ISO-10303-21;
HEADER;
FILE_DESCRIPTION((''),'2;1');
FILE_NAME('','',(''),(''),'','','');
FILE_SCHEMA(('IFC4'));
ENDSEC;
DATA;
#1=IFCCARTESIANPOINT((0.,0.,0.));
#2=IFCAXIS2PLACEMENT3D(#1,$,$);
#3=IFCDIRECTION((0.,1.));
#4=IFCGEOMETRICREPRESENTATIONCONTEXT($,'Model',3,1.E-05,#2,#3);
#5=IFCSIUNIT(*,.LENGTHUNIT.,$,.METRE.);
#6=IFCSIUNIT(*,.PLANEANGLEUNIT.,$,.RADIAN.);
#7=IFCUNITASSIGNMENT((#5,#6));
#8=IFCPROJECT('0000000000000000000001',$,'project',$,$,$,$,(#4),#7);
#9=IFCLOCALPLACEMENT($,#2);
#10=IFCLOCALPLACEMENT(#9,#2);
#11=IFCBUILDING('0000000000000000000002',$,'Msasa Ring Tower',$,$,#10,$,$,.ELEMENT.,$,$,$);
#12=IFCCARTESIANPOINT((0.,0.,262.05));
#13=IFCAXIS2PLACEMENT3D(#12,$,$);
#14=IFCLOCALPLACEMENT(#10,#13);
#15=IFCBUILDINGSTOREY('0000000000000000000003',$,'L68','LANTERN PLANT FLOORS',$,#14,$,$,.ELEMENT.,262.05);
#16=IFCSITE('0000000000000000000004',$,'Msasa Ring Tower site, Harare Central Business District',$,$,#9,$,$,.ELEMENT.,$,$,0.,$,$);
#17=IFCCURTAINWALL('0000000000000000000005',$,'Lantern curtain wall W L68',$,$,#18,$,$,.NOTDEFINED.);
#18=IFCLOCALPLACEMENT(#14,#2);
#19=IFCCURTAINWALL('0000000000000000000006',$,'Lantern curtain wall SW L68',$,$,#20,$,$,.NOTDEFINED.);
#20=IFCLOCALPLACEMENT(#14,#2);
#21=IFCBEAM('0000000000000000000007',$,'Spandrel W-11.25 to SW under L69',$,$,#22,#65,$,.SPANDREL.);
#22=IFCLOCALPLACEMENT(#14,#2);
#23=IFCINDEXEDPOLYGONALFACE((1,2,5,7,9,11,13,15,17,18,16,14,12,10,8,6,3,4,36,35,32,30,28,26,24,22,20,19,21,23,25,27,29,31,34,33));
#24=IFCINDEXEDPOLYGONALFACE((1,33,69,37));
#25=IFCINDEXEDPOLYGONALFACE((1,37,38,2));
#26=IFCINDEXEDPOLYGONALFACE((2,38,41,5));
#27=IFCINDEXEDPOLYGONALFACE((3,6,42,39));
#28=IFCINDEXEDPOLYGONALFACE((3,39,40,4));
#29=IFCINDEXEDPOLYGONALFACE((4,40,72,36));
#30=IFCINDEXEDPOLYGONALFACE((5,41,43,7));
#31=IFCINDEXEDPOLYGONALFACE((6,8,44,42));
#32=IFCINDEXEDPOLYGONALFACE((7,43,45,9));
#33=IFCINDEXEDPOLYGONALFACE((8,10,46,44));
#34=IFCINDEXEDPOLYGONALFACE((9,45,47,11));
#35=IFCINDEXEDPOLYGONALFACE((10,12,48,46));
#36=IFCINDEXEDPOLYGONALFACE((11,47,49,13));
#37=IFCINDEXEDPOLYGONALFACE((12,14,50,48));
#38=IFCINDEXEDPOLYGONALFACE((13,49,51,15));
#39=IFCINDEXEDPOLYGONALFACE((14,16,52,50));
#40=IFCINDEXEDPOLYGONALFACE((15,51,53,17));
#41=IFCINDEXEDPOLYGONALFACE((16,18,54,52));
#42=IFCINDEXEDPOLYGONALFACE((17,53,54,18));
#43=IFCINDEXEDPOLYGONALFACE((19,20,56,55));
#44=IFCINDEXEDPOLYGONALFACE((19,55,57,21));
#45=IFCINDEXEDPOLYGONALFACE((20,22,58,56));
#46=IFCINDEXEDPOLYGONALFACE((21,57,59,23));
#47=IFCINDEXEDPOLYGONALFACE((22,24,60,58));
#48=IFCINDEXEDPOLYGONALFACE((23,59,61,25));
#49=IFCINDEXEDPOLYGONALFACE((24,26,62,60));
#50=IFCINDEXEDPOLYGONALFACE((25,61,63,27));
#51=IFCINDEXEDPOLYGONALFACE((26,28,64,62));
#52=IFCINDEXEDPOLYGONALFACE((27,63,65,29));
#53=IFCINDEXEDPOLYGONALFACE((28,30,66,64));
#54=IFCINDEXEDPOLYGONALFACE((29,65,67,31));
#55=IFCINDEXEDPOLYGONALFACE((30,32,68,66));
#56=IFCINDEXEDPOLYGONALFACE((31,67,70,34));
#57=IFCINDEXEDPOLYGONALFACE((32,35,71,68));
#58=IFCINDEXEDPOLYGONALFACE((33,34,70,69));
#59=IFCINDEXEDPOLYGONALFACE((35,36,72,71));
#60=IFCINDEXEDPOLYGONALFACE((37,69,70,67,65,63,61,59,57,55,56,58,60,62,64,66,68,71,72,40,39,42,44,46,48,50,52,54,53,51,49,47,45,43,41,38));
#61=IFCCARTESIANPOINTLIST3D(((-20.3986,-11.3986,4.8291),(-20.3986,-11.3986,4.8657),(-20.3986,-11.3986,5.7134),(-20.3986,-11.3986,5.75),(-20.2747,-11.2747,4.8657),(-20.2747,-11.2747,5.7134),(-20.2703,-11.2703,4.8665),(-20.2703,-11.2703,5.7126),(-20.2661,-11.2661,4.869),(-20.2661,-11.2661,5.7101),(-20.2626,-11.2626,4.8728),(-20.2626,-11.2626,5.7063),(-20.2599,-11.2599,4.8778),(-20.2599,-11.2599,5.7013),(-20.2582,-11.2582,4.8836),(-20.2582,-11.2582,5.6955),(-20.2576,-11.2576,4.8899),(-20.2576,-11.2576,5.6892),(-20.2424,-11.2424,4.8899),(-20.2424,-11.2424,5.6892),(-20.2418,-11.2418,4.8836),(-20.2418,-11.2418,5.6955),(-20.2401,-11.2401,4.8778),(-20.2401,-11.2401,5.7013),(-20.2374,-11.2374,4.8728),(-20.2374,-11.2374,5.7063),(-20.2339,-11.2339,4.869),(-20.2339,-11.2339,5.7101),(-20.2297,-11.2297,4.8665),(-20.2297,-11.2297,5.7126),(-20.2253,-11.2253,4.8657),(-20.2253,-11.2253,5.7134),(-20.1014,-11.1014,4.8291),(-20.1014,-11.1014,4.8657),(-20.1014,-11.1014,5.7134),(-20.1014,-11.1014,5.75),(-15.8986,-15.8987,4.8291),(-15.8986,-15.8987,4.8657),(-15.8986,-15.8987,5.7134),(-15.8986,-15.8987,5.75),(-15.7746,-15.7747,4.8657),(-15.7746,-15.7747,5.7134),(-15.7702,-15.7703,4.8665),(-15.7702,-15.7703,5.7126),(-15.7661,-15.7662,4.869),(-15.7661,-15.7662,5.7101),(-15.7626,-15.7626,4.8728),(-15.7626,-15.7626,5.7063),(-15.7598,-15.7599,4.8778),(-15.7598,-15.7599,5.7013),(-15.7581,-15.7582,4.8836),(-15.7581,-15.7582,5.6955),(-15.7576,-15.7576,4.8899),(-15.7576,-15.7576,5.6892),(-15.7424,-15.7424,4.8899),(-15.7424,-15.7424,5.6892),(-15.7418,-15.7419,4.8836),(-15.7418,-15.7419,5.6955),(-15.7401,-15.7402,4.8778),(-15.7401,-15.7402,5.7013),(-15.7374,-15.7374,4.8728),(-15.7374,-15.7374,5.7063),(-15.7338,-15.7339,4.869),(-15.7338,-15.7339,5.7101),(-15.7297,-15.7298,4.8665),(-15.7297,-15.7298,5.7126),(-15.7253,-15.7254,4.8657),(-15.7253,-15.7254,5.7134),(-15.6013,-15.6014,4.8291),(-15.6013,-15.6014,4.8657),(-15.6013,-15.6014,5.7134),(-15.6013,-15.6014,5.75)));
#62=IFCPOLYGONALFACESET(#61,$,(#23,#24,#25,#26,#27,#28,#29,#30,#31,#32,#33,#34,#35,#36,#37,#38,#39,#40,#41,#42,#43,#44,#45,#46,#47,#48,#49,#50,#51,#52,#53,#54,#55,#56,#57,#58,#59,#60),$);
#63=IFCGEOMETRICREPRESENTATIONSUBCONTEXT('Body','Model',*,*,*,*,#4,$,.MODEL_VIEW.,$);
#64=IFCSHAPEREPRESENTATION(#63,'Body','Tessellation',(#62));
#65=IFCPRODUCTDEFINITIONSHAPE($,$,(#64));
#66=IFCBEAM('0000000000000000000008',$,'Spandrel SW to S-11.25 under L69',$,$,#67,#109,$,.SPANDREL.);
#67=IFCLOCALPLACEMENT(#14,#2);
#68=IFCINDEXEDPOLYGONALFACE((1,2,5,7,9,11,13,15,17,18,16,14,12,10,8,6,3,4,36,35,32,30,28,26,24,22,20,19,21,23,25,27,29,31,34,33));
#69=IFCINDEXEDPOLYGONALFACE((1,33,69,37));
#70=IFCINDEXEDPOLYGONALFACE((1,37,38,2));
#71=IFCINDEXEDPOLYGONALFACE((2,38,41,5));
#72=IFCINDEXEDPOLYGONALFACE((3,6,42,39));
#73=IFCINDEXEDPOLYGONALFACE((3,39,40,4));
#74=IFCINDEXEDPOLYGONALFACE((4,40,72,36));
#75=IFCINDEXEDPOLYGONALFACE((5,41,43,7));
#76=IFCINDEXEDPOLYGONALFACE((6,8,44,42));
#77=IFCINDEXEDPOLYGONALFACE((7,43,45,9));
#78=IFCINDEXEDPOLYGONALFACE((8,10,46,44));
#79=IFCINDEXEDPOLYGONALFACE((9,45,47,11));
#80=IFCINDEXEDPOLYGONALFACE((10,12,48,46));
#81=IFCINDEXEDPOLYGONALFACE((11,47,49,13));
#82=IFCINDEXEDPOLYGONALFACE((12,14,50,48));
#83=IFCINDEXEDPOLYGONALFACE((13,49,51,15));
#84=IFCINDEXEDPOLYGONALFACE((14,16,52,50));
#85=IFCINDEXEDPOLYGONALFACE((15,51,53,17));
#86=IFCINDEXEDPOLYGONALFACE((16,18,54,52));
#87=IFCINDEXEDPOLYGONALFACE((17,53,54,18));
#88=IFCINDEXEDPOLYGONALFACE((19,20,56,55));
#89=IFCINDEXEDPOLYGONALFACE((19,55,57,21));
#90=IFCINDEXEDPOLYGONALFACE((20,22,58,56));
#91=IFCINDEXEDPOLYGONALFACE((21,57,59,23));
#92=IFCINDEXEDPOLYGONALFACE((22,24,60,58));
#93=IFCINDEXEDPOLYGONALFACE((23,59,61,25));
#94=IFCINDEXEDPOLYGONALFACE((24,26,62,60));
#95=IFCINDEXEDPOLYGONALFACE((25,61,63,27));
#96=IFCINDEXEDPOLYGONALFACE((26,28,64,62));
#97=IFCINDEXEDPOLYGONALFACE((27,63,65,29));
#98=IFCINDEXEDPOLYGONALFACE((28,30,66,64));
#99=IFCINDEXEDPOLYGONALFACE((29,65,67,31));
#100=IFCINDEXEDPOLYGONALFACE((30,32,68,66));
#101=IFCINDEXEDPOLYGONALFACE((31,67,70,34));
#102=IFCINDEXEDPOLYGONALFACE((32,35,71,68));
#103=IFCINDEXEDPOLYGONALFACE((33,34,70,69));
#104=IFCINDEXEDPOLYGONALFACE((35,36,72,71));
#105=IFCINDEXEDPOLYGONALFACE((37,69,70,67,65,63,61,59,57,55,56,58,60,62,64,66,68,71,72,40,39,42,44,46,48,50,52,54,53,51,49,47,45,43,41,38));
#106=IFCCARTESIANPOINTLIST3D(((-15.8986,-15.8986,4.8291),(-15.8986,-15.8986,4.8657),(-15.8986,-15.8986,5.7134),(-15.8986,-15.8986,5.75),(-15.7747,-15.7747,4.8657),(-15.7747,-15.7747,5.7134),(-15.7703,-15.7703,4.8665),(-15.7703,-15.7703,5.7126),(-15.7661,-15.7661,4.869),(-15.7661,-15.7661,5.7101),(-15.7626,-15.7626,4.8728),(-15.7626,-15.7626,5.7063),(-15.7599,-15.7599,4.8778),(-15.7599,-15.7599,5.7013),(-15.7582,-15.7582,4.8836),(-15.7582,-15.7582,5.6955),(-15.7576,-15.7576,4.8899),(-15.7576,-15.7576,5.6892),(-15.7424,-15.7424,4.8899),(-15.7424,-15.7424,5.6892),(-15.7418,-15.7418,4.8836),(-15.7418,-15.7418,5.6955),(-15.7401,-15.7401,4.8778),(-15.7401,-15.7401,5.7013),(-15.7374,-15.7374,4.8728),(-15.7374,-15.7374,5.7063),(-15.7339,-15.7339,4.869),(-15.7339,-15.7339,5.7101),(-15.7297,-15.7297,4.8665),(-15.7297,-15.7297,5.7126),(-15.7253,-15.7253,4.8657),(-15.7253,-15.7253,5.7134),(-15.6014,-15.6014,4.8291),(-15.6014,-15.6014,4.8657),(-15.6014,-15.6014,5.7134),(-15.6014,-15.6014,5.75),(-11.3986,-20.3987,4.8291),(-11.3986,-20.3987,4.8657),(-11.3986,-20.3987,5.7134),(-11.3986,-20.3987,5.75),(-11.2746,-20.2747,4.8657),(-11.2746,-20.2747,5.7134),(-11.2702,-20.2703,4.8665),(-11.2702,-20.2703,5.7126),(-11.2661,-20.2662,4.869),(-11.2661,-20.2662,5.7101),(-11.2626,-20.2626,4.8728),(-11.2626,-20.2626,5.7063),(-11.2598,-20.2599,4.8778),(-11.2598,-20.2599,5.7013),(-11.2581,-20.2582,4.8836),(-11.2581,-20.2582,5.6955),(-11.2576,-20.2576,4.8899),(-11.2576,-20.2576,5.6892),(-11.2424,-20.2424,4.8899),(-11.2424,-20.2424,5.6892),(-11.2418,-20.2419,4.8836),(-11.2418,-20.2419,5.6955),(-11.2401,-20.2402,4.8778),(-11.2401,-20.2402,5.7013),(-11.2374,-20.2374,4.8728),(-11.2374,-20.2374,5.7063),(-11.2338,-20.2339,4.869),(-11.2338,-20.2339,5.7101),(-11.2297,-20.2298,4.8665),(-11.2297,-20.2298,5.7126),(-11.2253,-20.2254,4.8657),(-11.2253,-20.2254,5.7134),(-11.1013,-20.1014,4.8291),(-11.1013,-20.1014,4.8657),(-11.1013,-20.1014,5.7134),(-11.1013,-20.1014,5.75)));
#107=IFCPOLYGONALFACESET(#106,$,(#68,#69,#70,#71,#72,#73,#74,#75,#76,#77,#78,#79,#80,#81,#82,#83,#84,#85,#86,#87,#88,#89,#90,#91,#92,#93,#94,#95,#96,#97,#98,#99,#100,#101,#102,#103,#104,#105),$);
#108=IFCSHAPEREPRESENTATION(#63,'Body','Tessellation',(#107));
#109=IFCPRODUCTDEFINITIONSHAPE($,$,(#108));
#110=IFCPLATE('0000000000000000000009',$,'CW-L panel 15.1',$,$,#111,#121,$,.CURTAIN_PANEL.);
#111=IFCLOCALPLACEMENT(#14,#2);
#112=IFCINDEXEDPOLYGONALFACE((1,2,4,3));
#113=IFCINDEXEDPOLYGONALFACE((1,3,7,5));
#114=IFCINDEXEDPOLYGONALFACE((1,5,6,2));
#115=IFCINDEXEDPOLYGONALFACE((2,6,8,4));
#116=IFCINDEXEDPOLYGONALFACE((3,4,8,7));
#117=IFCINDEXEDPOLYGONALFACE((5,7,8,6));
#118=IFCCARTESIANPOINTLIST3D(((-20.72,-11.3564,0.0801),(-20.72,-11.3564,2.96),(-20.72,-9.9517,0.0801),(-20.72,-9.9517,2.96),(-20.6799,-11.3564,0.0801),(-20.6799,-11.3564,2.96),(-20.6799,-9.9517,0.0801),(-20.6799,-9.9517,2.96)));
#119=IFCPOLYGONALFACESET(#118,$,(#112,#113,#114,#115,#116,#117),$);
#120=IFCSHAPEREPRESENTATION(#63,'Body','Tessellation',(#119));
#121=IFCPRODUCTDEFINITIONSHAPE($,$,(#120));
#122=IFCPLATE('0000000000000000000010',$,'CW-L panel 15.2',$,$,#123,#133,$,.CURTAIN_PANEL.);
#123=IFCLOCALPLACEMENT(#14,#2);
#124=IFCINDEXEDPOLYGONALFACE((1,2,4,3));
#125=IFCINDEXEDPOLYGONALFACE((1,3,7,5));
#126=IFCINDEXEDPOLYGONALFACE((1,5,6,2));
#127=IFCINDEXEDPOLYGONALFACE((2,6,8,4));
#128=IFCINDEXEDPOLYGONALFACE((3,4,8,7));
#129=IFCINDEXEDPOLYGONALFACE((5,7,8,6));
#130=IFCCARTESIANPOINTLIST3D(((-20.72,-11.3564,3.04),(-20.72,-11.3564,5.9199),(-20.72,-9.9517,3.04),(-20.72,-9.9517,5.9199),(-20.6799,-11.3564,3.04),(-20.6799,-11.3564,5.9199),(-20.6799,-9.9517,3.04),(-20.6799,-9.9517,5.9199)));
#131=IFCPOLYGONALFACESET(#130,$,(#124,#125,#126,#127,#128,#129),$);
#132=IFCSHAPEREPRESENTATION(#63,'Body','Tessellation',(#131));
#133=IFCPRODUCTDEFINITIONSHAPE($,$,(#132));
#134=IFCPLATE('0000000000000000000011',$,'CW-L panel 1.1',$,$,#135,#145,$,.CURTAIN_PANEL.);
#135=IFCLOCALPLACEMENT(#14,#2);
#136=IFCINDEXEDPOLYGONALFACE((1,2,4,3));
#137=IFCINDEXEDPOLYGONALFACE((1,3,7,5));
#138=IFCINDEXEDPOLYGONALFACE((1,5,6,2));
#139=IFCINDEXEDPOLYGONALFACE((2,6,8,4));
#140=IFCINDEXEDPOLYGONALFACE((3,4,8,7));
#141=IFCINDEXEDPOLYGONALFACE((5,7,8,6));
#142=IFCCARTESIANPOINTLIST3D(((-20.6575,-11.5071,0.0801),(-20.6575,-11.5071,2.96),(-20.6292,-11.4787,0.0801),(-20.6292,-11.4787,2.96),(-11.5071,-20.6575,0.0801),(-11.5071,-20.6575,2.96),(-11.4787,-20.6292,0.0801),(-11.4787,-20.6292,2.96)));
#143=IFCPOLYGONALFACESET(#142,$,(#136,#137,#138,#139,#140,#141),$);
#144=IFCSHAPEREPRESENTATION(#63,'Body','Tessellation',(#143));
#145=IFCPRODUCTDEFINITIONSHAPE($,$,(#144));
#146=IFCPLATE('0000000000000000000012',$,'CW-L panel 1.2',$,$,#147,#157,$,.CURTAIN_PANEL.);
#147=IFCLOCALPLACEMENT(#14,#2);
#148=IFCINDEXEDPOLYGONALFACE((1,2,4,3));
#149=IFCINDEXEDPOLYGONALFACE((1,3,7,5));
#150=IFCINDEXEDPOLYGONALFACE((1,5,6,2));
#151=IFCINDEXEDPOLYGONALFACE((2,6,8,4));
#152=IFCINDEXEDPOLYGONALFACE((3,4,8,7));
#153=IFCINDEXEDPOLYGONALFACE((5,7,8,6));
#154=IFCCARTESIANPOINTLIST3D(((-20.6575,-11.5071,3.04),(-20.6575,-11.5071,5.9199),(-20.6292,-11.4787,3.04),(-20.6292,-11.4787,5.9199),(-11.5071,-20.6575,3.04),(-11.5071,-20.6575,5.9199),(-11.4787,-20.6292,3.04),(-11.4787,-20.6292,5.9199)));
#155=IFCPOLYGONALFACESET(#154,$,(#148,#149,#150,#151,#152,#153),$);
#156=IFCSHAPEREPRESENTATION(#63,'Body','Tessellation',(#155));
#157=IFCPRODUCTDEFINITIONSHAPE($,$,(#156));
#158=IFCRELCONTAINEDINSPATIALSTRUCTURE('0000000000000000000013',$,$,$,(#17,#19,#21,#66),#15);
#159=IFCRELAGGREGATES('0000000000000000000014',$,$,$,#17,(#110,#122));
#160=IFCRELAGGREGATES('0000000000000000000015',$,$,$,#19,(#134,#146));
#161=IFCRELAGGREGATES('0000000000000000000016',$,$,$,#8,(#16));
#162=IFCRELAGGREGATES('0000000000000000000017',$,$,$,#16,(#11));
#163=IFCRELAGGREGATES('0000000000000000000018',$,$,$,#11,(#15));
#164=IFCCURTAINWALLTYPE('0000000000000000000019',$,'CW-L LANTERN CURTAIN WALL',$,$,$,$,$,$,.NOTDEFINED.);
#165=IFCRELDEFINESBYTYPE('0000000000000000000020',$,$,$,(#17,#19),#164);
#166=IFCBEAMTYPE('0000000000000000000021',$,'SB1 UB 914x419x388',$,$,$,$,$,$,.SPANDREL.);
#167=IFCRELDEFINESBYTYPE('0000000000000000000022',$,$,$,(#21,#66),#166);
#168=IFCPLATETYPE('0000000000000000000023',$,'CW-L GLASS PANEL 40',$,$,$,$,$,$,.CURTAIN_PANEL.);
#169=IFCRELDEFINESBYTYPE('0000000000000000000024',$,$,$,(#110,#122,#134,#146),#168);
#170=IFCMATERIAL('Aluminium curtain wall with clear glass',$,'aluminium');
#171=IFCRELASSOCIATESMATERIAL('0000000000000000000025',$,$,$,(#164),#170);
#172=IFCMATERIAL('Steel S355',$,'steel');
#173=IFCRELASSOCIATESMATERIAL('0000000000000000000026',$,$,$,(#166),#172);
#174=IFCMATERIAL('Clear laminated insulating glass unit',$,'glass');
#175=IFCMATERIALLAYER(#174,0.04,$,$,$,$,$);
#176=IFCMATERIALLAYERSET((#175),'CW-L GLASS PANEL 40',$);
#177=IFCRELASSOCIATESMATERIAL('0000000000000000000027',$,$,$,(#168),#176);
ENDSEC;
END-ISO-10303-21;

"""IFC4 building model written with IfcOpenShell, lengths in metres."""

from ifc_helpers import new_model, si_unit, direction, frame, origin, origin_2d, place, context, subcontext, project, spatial, rectangle, i_section, extrude, material, layer, layer_set, material_profile, profile_set, type_object, element, aggregate, save


model = new_model("IFC4")

# Units and contexts
model_context = context("Model", 3, precision=1e-05, world=origin(), true_north=direction((0.0, 1.0)))
body_context = subcontext(model_context, "Body", "Model", "MODEL_VIEW")
ifc_project = project(units=[si_unit("LENGTHUNIT", "METRE"), si_unit("PLANEANGLEUNIT", "RADIAN")], contexts=[model_context])

# Site, building, storey
site_placement = place(None, origin())
site = spatial("IfcSite", under=ifc_project, at=site_placement, Name="Msasa Ring Tower site, Harare Central Business District", CompositionType="ELEMENT", RefElevation=0.0)
building_placement = place(site_placement, origin())
building = spatial("IfcBuilding", under=site, at=building_placement, Name="Msasa Ring Tower", CompositionType="ELEMENT")
storey_placement = place(building_placement, frame((0.0, 0.0, 262.05)))
storey = spatial("IfcBuildingStorey", under=building, at=storey_placement, Name="L68", Description="LANTERN PLANT FLOORS", CompositionType="ELEMENT", Elevation=262.05)

# Curtain wall
ifc_material_1 = material(Name="Aluminium curtain wall with clear glass", Category="aluminium")
curtain_wall_type = type_object("IfcCurtainWallType", Name="CW-L LANTERN CURTAIN WALL", PredefinedType="NOTDEFINED", material=ifc_material_1)
curtain_wall_1_placement = place(storey_placement, origin())
curtain_wall_1 = element("IfcCurtainWall", 1, at=curtain_wall_1_placement, inside=storey, type_object=curtain_wall_type, Name="Lantern curtain wall W L68", PredefinedType="NOTDEFINED")

# Curtain wall
curtain_wall_2_placement = place(storey_placement, origin())
curtain_wall_2 = element("IfcCurtainWall", 2, at=curtain_wall_2_placement, inside=storey, type_object=curtain_wall_type, Name="Lantern curtain wall SW L68", PredefinedType="NOTDEFINED")

# Beams
ifc_material_2 = material(Name="Steel S355", Category="steel")
ifc_material_profile_1 = material_profile(ifc_material_2, i_section(OverallWidth=0.4204, OverallDepth=0.9209, WebThickness=0.0215, FlangeThickness=0.0366, FilletRadius=0.0242, at=origin_2d()), Name="UB 914x419x388")
ifc_profile_set_1 = profile_set([ifc_material_profile_1], Name="Steel S355")
beam_type = type_object("IfcBeamType", Name="SB1 UB 914x419x388", PredefinedType="SPANDREL", material=ifc_profile_set_1)
for number, where, z_axis, x_axis, name in (
    (3, (-20.25, -11.25, 5.2896), (0.707107, -0.707107, 0.0), (0.707107, 0.707107, 0.0), "Spandrel W-11.25 to SW under L69"),
    (4, (-15.75, -15.75, 5.2896), (0.707107, -0.707107, 0.0), (0.707107, 0.707107, 0.0), "Spandrel SW to S-11.25 under L69"),
):
    element("IfcBeam", number, at=place(storey_placement, frame(where, z_axis=z_axis, x_axis=x_axis)), inside=storey, type_object=beam_type, Name=name, PredefinedType="SPANDREL", context=body_context, shape_type="SweptSolid", body=[
        extrude(i_section(OverallWidth=0.4204, OverallDepth=0.9209, WebThickness=0.0215, FlangeThickness=0.0366, FilletRadius=0.0242, at=origin_2d()), origin(), (0.0, 0.0, 1.0), 6.364),
    ])

# Plates
ifc_material_3 = material(Name="Clear laminated insulating glass unit", Category="glass")
ifc_layer = layer(ifc_material_3, 0.04)
ifc_layer_set = layer_set([ifc_layer], Name="CW-L GLASS PANEL 40")
plate_type = type_object("IfcPlateType", Name="CW-L GLASS PANEL 40", PredefinedType="CURTAIN_PANEL", material=ifc_layer_set)
plate_1_placement = place(storey_placement, frame((-20.7, -10.6541, 0.0801), z_axis=(0.0, 0.0, 1.0), x_axis=(0.0, -1.0, 0.0)))
plate_1 = element("IfcPlate", 5, at=plate_1_placement, type_object=plate_type, Name="CW-L panel 15.1", PredefinedType="CURTAIN_PANEL", context=body_context, shape_type="SweptSolid", body=[
    extrude(rectangle(XDim=1.4048, YDim=0.04, at=origin_2d()), origin(), (0.0, 0.0, 1.0), 2.8799),
])
plate_2_placement = place(storey_placement, frame((-20.7, -10.6541, 3.04), z_axis=(0.0, 0.0, 1.0), x_axis=(0.0, -1.0, 0.0)))
plate_2 = element("IfcPlate", 6, at=plate_2_placement, type_object=plate_type, Name="CW-L panel 15.2", PredefinedType="CURTAIN_PANEL", context=body_context, shape_type="SweptSolid", body=[
    extrude(rectangle(XDim=1.4048, YDim=0.04, at=origin_2d()), origin(), (0.0, 0.0, 1.0), 2.8799),
])
aggregate(curtain_wall_1, [plate_1, plate_2])
plate_3_placement = place(storey_placement, frame((-16.0681, -16.0681, 0.0801), z_axis=(0.0, 0.0, 1.0), x_axis=(0.707107, -0.707107, 0.0)))
plate_3 = element("IfcPlate", 7, at=plate_3_placement, type_object=plate_type, Name="CW-L panel 1.1", PredefinedType="CURTAIN_PANEL", context=body_context, shape_type="SweptSolid", body=[
    extrude(rectangle(XDim=12.9407, YDim=0.04, at=origin_2d()), origin(), (0.0, 0.0, 1.0), 2.8799),
])
plate_4_placement = place(storey_placement, frame((-16.0681, -16.0681, 3.04), z_axis=(0.0, 0.0, 1.0), x_axis=(0.707107, -0.707107, 0.0)))
plate_4 = element("IfcPlate", 8, at=plate_4_placement, type_object=plate_type, Name="CW-L panel 1.2", PredefinedType="CURTAIN_PANEL", context=body_context, shape_type="SweptSolid", body=[
    extrude(rectangle(XDim=12.9407, YDim=0.04, at=origin_2d()), origin(), (0.0, 0.0, 1.0), 2.8799),
])
aggregate(curtain_wall_2, [plate_3, plate_4])

save(model, "model.ifc")
